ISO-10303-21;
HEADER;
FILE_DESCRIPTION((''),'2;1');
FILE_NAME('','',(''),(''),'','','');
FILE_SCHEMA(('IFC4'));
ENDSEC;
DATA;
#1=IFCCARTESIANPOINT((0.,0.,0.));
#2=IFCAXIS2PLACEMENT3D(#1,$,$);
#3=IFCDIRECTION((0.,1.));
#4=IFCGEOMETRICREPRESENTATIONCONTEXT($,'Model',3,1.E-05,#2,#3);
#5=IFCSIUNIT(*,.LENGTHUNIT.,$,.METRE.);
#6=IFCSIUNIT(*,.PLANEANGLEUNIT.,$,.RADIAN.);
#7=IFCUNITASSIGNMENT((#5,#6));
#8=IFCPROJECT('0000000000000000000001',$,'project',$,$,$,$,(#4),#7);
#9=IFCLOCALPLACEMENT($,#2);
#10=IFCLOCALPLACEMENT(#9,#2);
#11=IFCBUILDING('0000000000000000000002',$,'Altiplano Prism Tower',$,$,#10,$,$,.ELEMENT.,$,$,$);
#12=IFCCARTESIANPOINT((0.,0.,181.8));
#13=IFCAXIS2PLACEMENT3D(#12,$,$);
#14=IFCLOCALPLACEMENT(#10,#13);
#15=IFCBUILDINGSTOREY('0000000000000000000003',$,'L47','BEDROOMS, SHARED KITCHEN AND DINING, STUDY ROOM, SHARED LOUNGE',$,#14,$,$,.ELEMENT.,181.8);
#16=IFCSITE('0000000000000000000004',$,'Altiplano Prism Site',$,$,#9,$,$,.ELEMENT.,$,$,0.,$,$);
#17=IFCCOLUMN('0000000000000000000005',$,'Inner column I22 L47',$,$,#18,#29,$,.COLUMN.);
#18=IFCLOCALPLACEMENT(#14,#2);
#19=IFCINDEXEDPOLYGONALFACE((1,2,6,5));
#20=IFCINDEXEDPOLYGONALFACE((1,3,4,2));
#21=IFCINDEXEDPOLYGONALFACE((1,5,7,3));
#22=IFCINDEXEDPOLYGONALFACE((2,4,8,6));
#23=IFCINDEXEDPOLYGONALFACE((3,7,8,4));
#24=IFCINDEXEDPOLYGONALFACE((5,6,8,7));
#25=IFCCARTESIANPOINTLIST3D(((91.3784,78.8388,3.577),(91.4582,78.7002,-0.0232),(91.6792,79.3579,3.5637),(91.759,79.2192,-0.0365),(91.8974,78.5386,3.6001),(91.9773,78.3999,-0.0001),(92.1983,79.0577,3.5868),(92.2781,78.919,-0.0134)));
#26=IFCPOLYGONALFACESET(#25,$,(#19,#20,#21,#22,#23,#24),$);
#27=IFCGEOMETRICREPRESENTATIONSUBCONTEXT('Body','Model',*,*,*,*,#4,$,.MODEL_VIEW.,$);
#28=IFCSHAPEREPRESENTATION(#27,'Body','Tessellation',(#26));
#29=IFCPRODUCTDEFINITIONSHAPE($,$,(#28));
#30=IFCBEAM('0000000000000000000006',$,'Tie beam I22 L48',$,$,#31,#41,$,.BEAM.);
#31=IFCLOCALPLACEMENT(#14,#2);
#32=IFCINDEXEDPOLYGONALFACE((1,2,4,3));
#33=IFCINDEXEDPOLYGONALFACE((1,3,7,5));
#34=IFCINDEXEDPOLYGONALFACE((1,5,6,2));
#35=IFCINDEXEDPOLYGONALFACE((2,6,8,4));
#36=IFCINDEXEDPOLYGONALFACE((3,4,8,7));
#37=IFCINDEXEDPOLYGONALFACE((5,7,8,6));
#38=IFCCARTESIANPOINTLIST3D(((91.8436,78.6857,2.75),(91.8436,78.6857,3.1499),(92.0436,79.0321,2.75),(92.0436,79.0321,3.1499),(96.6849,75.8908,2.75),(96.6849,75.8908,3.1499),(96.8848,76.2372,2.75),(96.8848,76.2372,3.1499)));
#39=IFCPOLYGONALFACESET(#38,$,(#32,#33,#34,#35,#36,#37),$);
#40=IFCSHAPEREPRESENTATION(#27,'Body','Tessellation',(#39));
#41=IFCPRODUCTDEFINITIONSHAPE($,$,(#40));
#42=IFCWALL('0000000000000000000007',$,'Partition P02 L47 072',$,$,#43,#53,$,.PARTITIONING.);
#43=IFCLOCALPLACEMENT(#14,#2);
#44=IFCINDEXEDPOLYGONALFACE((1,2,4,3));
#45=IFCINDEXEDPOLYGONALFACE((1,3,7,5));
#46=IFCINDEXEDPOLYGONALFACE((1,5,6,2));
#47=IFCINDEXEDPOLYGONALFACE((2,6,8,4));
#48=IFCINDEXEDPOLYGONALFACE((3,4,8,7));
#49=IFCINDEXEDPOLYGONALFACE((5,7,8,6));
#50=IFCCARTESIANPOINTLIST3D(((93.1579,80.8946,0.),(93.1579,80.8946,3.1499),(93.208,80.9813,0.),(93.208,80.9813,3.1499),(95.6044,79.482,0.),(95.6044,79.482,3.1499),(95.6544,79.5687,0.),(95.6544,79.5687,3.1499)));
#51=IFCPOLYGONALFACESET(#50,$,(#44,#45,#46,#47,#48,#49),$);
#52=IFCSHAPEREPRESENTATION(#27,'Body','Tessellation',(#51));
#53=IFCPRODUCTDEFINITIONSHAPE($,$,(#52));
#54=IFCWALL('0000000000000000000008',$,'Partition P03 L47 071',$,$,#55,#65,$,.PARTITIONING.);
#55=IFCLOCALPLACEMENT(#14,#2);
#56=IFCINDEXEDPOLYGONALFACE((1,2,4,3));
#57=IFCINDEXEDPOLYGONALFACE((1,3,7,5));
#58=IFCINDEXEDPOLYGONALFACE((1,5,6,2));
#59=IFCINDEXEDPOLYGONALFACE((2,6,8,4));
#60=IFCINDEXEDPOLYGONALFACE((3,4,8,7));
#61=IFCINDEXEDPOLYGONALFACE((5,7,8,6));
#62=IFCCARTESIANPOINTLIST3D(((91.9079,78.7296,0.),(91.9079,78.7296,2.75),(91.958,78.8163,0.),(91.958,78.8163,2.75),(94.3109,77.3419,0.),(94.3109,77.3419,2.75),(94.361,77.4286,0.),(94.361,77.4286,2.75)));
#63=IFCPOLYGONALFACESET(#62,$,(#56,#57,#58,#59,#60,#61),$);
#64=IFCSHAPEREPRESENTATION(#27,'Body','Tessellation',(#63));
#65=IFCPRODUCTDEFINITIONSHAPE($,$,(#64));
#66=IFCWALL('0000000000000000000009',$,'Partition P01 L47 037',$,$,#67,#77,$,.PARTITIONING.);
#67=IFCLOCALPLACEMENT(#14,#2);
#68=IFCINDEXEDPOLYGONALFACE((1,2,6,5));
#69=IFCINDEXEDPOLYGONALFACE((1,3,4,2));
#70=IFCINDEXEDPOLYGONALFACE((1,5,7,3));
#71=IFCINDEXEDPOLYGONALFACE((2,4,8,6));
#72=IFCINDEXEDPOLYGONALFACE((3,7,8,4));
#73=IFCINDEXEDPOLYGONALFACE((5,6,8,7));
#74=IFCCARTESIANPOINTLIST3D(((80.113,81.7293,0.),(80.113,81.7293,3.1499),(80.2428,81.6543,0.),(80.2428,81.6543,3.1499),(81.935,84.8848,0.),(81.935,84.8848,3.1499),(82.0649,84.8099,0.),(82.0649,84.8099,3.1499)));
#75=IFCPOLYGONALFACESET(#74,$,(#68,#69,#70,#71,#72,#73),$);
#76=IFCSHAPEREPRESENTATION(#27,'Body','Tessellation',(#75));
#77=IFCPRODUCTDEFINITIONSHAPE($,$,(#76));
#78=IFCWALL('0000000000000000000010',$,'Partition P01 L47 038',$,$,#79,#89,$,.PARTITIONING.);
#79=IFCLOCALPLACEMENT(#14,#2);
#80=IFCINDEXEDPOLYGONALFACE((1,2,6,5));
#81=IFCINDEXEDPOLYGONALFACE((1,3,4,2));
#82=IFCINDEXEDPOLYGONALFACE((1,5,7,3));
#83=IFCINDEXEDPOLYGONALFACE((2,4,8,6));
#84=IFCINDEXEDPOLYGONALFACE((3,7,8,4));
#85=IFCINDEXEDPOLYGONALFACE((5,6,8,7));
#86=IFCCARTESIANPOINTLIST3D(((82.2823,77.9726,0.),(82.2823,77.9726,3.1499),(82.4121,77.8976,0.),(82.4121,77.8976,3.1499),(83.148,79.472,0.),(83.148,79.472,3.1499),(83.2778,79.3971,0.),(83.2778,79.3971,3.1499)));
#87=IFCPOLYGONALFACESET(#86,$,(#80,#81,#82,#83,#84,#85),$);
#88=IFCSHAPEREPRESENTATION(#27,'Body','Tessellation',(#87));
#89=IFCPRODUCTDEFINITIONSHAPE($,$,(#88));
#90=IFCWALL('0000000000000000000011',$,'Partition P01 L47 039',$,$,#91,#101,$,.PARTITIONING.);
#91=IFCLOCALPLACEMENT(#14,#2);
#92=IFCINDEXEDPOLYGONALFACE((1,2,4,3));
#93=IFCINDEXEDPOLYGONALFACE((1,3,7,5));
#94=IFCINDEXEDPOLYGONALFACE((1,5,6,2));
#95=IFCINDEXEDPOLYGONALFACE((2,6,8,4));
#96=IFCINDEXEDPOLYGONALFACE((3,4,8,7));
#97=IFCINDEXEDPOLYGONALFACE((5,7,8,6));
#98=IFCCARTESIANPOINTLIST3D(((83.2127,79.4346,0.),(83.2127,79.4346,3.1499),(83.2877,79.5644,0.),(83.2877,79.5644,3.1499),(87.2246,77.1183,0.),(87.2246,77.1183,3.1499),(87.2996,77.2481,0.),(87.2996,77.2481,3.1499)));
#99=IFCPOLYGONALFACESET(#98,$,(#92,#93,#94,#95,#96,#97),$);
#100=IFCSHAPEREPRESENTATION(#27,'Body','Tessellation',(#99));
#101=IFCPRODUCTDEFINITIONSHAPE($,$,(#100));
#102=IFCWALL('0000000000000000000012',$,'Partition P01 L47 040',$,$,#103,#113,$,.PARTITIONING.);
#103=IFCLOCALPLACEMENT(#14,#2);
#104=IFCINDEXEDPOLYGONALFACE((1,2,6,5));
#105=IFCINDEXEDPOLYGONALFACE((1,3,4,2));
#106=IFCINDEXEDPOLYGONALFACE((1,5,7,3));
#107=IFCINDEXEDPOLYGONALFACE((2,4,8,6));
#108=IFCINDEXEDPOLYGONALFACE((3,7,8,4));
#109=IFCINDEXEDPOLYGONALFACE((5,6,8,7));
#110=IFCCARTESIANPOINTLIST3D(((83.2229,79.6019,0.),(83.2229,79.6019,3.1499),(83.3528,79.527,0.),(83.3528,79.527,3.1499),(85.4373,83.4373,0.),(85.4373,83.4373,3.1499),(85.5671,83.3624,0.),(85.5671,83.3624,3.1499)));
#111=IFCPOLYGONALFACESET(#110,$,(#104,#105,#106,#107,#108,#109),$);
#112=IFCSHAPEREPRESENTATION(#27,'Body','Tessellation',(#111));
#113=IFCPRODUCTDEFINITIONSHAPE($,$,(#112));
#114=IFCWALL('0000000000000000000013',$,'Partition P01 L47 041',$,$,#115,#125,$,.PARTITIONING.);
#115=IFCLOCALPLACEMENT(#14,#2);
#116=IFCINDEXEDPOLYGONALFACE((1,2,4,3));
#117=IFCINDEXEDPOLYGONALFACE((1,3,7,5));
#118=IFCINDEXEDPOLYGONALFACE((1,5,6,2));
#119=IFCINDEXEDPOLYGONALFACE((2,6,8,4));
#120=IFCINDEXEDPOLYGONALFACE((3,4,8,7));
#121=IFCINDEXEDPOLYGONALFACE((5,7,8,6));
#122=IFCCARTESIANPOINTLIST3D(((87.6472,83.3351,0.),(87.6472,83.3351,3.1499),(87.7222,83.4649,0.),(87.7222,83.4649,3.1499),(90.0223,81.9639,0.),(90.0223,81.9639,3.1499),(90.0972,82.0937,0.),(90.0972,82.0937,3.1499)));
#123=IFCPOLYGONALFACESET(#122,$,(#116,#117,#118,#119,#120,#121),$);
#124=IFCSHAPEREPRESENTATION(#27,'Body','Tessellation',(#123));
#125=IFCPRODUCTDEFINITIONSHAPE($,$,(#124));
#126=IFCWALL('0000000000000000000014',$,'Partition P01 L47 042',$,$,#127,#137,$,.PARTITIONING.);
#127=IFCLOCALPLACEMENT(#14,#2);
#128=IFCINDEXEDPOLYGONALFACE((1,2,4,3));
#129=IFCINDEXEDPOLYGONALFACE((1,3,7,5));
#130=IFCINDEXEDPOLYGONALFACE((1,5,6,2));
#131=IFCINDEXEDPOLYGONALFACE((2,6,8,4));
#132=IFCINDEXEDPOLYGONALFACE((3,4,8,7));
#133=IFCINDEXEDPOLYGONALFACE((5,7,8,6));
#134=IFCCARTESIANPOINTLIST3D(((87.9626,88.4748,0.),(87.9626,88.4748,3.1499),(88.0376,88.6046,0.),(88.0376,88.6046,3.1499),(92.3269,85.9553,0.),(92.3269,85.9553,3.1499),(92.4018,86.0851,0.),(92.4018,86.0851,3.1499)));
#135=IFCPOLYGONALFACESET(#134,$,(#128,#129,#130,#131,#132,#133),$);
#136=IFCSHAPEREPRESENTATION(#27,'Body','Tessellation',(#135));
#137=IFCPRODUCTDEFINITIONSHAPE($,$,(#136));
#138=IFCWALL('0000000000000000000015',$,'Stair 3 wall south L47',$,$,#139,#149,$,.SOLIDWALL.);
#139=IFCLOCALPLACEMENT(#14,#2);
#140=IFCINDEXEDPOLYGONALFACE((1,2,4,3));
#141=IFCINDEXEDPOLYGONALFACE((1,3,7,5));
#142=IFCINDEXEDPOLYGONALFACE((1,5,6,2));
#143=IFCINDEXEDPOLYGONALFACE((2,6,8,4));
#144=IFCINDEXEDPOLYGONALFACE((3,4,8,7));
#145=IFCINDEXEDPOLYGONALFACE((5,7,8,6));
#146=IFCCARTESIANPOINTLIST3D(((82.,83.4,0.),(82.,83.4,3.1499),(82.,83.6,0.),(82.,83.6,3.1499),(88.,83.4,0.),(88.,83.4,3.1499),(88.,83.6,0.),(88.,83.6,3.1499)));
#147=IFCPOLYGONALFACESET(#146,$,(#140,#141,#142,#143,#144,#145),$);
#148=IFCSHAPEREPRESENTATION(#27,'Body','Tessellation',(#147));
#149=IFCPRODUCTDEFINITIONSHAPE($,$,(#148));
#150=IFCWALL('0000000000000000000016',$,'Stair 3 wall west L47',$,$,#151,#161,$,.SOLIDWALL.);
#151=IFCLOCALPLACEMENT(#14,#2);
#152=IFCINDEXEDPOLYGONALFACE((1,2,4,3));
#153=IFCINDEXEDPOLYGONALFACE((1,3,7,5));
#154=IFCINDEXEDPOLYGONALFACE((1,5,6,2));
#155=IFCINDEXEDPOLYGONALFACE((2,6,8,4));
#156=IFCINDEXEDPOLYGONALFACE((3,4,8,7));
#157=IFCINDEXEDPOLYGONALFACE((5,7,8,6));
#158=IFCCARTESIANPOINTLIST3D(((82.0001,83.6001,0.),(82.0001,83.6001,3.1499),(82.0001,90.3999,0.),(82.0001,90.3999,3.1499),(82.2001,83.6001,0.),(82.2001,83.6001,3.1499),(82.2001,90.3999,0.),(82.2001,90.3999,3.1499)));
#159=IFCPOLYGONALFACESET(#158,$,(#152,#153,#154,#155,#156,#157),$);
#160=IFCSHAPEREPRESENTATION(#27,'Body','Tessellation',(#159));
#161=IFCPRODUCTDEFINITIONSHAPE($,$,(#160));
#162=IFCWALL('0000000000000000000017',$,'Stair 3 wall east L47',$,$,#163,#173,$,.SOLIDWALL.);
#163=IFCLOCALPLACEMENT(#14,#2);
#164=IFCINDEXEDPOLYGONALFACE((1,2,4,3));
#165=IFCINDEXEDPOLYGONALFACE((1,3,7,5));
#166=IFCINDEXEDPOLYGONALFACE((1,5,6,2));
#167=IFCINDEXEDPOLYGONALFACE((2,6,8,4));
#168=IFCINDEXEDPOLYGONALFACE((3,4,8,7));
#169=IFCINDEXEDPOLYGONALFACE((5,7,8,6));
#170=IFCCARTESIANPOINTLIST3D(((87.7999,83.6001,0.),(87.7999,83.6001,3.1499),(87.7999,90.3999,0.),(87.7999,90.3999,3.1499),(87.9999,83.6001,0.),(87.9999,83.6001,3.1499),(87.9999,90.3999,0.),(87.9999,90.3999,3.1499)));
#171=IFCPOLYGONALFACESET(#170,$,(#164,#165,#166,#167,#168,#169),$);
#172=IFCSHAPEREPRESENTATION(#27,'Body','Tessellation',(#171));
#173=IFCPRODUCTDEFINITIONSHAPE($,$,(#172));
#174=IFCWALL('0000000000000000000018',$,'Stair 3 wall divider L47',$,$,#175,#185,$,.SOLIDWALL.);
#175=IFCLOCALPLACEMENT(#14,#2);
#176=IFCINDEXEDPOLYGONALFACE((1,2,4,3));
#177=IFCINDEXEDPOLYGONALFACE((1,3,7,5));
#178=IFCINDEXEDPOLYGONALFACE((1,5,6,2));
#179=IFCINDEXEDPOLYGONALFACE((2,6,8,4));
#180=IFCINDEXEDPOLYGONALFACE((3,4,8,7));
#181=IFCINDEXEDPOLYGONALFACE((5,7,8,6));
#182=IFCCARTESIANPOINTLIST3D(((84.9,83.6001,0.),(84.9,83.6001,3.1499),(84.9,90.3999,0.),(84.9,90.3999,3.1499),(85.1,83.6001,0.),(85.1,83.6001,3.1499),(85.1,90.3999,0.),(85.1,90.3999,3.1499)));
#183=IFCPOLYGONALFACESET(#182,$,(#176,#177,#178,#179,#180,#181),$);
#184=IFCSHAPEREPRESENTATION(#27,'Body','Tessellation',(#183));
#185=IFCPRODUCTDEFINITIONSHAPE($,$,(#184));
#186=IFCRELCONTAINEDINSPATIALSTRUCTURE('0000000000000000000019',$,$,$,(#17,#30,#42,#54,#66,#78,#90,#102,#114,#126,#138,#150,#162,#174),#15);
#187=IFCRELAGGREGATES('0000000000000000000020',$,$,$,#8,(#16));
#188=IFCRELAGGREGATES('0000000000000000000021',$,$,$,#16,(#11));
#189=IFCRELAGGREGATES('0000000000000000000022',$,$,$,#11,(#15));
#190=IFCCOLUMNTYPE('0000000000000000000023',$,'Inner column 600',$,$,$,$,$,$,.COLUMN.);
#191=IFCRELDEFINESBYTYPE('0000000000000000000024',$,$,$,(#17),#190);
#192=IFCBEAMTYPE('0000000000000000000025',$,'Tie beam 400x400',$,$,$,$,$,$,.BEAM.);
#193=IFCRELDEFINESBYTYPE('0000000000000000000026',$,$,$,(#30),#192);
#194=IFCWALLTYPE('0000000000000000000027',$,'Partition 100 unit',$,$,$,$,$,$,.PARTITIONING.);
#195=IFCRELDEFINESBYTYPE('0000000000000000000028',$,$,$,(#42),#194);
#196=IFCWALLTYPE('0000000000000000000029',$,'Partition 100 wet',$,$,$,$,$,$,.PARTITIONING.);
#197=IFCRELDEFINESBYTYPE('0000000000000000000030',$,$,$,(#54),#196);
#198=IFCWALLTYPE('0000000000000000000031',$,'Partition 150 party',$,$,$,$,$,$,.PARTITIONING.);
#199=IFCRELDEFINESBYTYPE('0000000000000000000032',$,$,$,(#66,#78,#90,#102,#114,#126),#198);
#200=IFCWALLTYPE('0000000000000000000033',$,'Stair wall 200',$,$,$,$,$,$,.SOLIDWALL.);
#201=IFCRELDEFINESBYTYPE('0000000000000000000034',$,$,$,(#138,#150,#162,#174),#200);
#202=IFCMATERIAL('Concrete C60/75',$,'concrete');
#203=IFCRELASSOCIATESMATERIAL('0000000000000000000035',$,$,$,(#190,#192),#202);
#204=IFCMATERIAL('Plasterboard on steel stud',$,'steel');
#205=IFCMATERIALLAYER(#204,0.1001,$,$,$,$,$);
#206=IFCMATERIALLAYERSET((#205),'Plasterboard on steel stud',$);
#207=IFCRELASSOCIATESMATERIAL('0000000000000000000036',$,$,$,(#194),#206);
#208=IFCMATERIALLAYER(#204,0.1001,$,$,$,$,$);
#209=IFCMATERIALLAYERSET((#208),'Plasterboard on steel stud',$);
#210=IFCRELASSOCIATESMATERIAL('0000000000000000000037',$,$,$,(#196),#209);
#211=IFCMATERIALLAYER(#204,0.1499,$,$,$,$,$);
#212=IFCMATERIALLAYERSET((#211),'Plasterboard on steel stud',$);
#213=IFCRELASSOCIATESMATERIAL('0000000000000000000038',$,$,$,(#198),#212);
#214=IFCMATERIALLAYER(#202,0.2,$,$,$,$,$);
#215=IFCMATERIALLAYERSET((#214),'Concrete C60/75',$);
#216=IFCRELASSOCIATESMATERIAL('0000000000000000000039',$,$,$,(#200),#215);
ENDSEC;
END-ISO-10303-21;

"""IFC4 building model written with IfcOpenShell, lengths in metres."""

from ifc_helpers import new_model, si_unit, direction, frame, frame_2d, origin, origin_2d, place, context, subcontext, project, spatial, rectangle, extrude, material, layer, layer_set, material_profile, profile_set, type_object, element, save


model = new_model("IFC4")

# Units and contexts
model_context = context("Model", 3, precision=1e-05, world=origin(), true_north=direction((0.0, 1.0)))
body_context = subcontext(model_context, "Body", "Model", "MODEL_VIEW")
ifc_project = project(units=[si_unit("LENGTHUNIT", "METRE"), si_unit("PLANEANGLEUNIT", "RADIAN")], contexts=[model_context])

# Site, building, storey
site_placement = place(None, origin())
site = spatial("IfcSite", under=ifc_project, at=site_placement, Name="Altiplano Prism Site", CompositionType="ELEMENT", RefElevation=0.0)
building_placement = place(site_placement, origin())
building = spatial("IfcBuilding", under=site, at=building_placement, Name="Altiplano Prism Tower", CompositionType="ELEMENT")
storey_placement = place(building_placement, frame((0.0, 0.0, 181.8)))
storey = spatial("IfcBuildingStorey", under=building, at=storey_placement, Name="L47", Description="BEDROOMS, SHARED KITCHEN AND DINING, STUDY ROOM, SHARED LOUNGE", CompositionType="ELEMENT", Elevation=181.8)

# Column
ifc_material_1 = material(Name="Concrete C60/75", Category="concrete")
ifc_material_profile_1 = material_profile(ifc_material_1, rectangle(XDim=0.6001, YDim=0.6001, at=origin_2d()), Name="Inner column 600")
ifc_profile_set_1 = profile_set([ifc_material_profile_1], Name="Concrete C60/75")
column_type = type_object("IfcColumnType", Name="Inner column 600", PredefinedType="COLUMN", material=ifc_profile_set_1)
column_placement = place(storey_placement, frame((91.8682, 78.8096, -0.0183), z_axis=(-0.022154, 0.038481, 0.999014), x_axis=(-0.50131, -0.864983, 0.022201)))
element("IfcColumn", 1, at=column_placement, inside=storey, type_object=column_type, Name="Inner column I22 L47", PredefinedType="COLUMN", context=body_context, shape_type="SweptSolid", body=[
    extrude(rectangle(XDim=0.6001, YDim=0.6001, at=origin_2d()), origin(), (0.0, 0.0, 1.0), 3.6038),
])

# Beam
ifc_material_profile_2 = material_profile(ifc_material_1, rectangle(XDim=0.3999, YDim=0.3999, at=origin_2d()), Name="Tie beam 400x400")
ifc_profile_set_2 = profile_set([ifc_material_profile_2], Name="Concrete C60/75")
beam_type = type_object("IfcBeamType", Name="Tie beam 400x400", PredefinedType="BEAM", material=ifc_profile_set_2)
beam_placement = place(storey_placement, frame((91.9436, 78.8589, 2.95), z_axis=(0.866042, -0.499972, 0.0), x_axis=(0.499972, 0.866042, 0.0)))
element("IfcBeam", 2, at=beam_placement, inside=storey, type_object=beam_type, Name="Tie beam I22 L48", PredefinedType="BEAM", context=body_context, shape_type="SweptSolid", body=[
    extrude(rectangle(XDim=0.3999, YDim=0.3999, at=origin_2d()), origin(), (0.0, 0.0, 1.0), 5.5901),
])

# Walls
ifc_material_2 = material(Name="Plasterboard on steel stud", Category="steel")
ifc_layer_1 = layer(ifc_material_2, 0.1001)
ifc_layer_set_1 = layer_set([ifc_layer_1], Name="Plasterboard on steel stud")
wall_type_1 = type_object("IfcWallType", Name="Partition 100 unit", PredefinedType="PARTITIONING", material=ifc_layer_set_1)
wall_1_placement = place(storey_placement, frame((93.1829, 80.938, 0.0), z_axis=(0.0, 0.0, 1.0), x_axis=(0.866011, -0.500024, 0.0)))
element("IfcWall", 3, at=wall_1_placement, inside=storey, type_object=wall_type_1, Name="Partition P02 L47 072", PredefinedType="PARTITIONING", context=body_context, shape_type="SweptSolid", body=[
    extrude(rectangle(XDim=2.825, YDim=0.1001, at=frame_2d((1.4126, 0.0))), origin(), (0.0, 0.0, 1.0), 3.1499),
])
ifc_layer_2 = layer(ifc_material_2, 0.1001)
ifc_layer_set_2 = layer_set([ifc_layer_2], Name="Plasterboard on steel stud")
wall_type_2 = type_object("IfcWallType", Name="Partition 100 wet", PredefinedType="PARTITIONING", material=ifc_layer_set_2)
wall_2_placement = place(storey_placement, frame((94.3359, 77.3853, 0.0), z_axis=(0.0, 0.0, 1.0), x_axis=(-0.865982, 0.500075, 0.0)))
element("IfcWall", 4, at=wall_2_placement, inside=storey, type_object=wall_type_2, Name="Partition P03 L47 071", PredefinedType="PARTITIONING", context=body_context, shape_type="SweptSolid", body=[
    extrude(rectangle(XDim=2.7749, YDim=0.1001, at=frame_2d((1.3875, 0.0))), origin(), (0.0, 0.0, 1.0), 2.75),
])
ifc_layer_3 = layer(ifc_material_2, 0.1499)
ifc_layer_set_3 = layer_set([ifc_layer_3], Name="Plasterboard on steel stud")
wall_type_3 = type_object("IfcWallType", Name="Partition 150 party", PredefinedType="PARTITIONING", material=ifc_layer_set_3)
wall_3_placement = place(storey_placement, frame((80.178, 81.6919, 0.0), z_axis=(0.0, 0.0, 1.0), x_axis=(0.500038, 0.866004, 0.0)))
element("IfcWall", 5, at=wall_3_placement, inside=storey, type_object=wall_type_3, Name="Partition P01 L47 037", PredefinedType="PARTITIONING", context=body_context, shape_type="SweptSolid", body=[
    extrude(rectangle(XDim=3.6438, YDim=0.1499, at=frame_2d((1.8218, 0.0))), origin(), (0.0, 0.0, 1.0), 3.1499),
])
wall_4_placement = place(storey_placement, frame((83.2129, 79.4346, 0.0), z_axis=(0.0, 0.0, 1.0), x_axis=(-0.499991, -0.866031, 0.0)))
element("IfcWall", 6, at=wall_4_placement, inside=storey, type_object=wall_type_3, Name="Partition P01 L47 038", PredefinedType="PARTITIONING", context=body_context, shape_type="SweptSolid", body=[
    extrude(rectangle(XDim=1.7314, YDim=0.1499, at=frame_2d((0.8657, 0.0))), origin(), (0.0, 0.0, 1.0), 3.1499),
])
wall_5_placement = place(storey_placement, frame((87.2622, 77.1831, 0.0), z_axis=(0.0, 0.0, 1.0), x_axis=(-0.866016, 0.500016, 0.0)))
element("IfcWall", 7, at=wall_5_placement, inside=storey, type_object=wall_type_3, Name="Partition P01 L47 039", PredefinedType="PARTITIONING", context=body_context, shape_type="SweptSolid", body=[
    extrude(rectangle(XDim=4.6326, YDim=0.1499, at=frame_2d((2.3164, 0.0))), origin(), (0.0, 0.0, 1.0), 3.1499),
])
wall_6_placement = place(storey_placement, frame((83.2878, 79.5645, 0.0), z_axis=(0.0, 0.0, 1.0), x_axis=(0.499993, 0.86603, 0.0)))
element("IfcWall", 8, at=wall_6_placement, inside=storey, type_object=wall_type_3, Name="Partition P01 L47 040", PredefinedType="PARTITIONING", context=body_context, shape_type="SweptSolid", body=[
    extrude(rectangle(XDim=4.4287, YDim=0.1499, at=frame_2d((2.2144, 0.0))), origin(), (0.0, 0.0, 1.0), 3.1499),
])
wall_7_placement = place(storey_placement, frame((87.6848, 83.3999, 0.0), z_axis=(0.0, 0.0, 1.0), x_axis=(0.866043, -0.499969, 0.0)))
element("IfcWall", 9, at=wall_7_placement, inside=storey, type_object=wall_type_3, Name="Partition P01 L47 041", PredefinedType="PARTITIONING", context=body_context, shape_type="SweptSolid", body=[
    extrude(rectangle(XDim=2.7424, YDim=0.1499, at=frame_2d((1.3711, 0.0))), origin(), (0.0, 0.0, 1.0), 3.1499),
])
wall_8_placement = place(storey_placement, frame((92.3643, 86.0203, 0.0), z_axis=(0.0, 0.0, 1.0), x_axis=(-0.86604, 0.499974, 0.0)))
element("IfcWall", 10, at=wall_8_placement, inside=storey, type_object=wall_type_3, Name="Partition P01 L47 042", PredefinedType="PARTITIONING", context=body_context, shape_type="SweptSolid", body=[
    extrude(rectangle(XDim=5.0393, YDim=0.1499, at=frame_2d((2.5195, 0.0))), origin(), (0.0, 0.0, 1.0), 3.1499),
])
ifc_layer_4 = layer(ifc_material_1, 0.2)
ifc_layer_set_4 = layer_set([ifc_layer_4], Name="Concrete C60/75")
wall_type_4 = type_object("IfcWallType", Name="Stair wall 200", PredefinedType="SOLIDWALL", material=ifc_layer_set_4)
wall_9_placement = place(storey_placement, frame((82.0, 83.5, 0.0), z_axis=(0.0, 0.0, 1.0), x_axis=(1.0, 0.0, 0.0)))
element("IfcWall", 11, at=wall_9_placement, inside=storey, type_object=wall_type_4, Name="Stair 3 wall south L47", PredefinedType="SOLIDWALL", context=body_context, shape_type="SweptSolid", body=[
    extrude(rectangle(XDim=6.0, YDim=0.2, at=frame_2d((3.0, 0.0))), origin(), (0.0, 0.0, 1.0), 3.1499),
])
for number, where, z_axis, x_axis, name in (
    (12, (82.1001, 83.6001, 0.0), (0.0, 0.0, 1.0), (0.0, 1.0, 0.0), "Stair 3 wall west L47"),
    (13, (87.8999, 83.6001, 0.0), (0.0, 0.0, 1.0), (0.0, 1.0, 0.0), "Stair 3 wall east L47"),
    (14, (85.0, 83.6001, 0.0), (0.0, 0.0, 1.0), (0.0, 1.0, 0.0), "Stair 3 wall divider L47"),
):
    element("IfcWall", number, at=place(storey_placement, frame(where, z_axis=z_axis, x_axis=x_axis)), inside=storey, type_object=wall_type_4, Name=name, PredefinedType="SOLIDWALL", context=body_context, shape_type="SweptSolid", body=[
        extrude(rectangle(XDim=6.7998, YDim=0.2, at=frame_2d((3.3999, 0.0))), origin(), (0.0, 0.0, 1.0), 3.1499),
    ])

save(model, "model.ifc")
